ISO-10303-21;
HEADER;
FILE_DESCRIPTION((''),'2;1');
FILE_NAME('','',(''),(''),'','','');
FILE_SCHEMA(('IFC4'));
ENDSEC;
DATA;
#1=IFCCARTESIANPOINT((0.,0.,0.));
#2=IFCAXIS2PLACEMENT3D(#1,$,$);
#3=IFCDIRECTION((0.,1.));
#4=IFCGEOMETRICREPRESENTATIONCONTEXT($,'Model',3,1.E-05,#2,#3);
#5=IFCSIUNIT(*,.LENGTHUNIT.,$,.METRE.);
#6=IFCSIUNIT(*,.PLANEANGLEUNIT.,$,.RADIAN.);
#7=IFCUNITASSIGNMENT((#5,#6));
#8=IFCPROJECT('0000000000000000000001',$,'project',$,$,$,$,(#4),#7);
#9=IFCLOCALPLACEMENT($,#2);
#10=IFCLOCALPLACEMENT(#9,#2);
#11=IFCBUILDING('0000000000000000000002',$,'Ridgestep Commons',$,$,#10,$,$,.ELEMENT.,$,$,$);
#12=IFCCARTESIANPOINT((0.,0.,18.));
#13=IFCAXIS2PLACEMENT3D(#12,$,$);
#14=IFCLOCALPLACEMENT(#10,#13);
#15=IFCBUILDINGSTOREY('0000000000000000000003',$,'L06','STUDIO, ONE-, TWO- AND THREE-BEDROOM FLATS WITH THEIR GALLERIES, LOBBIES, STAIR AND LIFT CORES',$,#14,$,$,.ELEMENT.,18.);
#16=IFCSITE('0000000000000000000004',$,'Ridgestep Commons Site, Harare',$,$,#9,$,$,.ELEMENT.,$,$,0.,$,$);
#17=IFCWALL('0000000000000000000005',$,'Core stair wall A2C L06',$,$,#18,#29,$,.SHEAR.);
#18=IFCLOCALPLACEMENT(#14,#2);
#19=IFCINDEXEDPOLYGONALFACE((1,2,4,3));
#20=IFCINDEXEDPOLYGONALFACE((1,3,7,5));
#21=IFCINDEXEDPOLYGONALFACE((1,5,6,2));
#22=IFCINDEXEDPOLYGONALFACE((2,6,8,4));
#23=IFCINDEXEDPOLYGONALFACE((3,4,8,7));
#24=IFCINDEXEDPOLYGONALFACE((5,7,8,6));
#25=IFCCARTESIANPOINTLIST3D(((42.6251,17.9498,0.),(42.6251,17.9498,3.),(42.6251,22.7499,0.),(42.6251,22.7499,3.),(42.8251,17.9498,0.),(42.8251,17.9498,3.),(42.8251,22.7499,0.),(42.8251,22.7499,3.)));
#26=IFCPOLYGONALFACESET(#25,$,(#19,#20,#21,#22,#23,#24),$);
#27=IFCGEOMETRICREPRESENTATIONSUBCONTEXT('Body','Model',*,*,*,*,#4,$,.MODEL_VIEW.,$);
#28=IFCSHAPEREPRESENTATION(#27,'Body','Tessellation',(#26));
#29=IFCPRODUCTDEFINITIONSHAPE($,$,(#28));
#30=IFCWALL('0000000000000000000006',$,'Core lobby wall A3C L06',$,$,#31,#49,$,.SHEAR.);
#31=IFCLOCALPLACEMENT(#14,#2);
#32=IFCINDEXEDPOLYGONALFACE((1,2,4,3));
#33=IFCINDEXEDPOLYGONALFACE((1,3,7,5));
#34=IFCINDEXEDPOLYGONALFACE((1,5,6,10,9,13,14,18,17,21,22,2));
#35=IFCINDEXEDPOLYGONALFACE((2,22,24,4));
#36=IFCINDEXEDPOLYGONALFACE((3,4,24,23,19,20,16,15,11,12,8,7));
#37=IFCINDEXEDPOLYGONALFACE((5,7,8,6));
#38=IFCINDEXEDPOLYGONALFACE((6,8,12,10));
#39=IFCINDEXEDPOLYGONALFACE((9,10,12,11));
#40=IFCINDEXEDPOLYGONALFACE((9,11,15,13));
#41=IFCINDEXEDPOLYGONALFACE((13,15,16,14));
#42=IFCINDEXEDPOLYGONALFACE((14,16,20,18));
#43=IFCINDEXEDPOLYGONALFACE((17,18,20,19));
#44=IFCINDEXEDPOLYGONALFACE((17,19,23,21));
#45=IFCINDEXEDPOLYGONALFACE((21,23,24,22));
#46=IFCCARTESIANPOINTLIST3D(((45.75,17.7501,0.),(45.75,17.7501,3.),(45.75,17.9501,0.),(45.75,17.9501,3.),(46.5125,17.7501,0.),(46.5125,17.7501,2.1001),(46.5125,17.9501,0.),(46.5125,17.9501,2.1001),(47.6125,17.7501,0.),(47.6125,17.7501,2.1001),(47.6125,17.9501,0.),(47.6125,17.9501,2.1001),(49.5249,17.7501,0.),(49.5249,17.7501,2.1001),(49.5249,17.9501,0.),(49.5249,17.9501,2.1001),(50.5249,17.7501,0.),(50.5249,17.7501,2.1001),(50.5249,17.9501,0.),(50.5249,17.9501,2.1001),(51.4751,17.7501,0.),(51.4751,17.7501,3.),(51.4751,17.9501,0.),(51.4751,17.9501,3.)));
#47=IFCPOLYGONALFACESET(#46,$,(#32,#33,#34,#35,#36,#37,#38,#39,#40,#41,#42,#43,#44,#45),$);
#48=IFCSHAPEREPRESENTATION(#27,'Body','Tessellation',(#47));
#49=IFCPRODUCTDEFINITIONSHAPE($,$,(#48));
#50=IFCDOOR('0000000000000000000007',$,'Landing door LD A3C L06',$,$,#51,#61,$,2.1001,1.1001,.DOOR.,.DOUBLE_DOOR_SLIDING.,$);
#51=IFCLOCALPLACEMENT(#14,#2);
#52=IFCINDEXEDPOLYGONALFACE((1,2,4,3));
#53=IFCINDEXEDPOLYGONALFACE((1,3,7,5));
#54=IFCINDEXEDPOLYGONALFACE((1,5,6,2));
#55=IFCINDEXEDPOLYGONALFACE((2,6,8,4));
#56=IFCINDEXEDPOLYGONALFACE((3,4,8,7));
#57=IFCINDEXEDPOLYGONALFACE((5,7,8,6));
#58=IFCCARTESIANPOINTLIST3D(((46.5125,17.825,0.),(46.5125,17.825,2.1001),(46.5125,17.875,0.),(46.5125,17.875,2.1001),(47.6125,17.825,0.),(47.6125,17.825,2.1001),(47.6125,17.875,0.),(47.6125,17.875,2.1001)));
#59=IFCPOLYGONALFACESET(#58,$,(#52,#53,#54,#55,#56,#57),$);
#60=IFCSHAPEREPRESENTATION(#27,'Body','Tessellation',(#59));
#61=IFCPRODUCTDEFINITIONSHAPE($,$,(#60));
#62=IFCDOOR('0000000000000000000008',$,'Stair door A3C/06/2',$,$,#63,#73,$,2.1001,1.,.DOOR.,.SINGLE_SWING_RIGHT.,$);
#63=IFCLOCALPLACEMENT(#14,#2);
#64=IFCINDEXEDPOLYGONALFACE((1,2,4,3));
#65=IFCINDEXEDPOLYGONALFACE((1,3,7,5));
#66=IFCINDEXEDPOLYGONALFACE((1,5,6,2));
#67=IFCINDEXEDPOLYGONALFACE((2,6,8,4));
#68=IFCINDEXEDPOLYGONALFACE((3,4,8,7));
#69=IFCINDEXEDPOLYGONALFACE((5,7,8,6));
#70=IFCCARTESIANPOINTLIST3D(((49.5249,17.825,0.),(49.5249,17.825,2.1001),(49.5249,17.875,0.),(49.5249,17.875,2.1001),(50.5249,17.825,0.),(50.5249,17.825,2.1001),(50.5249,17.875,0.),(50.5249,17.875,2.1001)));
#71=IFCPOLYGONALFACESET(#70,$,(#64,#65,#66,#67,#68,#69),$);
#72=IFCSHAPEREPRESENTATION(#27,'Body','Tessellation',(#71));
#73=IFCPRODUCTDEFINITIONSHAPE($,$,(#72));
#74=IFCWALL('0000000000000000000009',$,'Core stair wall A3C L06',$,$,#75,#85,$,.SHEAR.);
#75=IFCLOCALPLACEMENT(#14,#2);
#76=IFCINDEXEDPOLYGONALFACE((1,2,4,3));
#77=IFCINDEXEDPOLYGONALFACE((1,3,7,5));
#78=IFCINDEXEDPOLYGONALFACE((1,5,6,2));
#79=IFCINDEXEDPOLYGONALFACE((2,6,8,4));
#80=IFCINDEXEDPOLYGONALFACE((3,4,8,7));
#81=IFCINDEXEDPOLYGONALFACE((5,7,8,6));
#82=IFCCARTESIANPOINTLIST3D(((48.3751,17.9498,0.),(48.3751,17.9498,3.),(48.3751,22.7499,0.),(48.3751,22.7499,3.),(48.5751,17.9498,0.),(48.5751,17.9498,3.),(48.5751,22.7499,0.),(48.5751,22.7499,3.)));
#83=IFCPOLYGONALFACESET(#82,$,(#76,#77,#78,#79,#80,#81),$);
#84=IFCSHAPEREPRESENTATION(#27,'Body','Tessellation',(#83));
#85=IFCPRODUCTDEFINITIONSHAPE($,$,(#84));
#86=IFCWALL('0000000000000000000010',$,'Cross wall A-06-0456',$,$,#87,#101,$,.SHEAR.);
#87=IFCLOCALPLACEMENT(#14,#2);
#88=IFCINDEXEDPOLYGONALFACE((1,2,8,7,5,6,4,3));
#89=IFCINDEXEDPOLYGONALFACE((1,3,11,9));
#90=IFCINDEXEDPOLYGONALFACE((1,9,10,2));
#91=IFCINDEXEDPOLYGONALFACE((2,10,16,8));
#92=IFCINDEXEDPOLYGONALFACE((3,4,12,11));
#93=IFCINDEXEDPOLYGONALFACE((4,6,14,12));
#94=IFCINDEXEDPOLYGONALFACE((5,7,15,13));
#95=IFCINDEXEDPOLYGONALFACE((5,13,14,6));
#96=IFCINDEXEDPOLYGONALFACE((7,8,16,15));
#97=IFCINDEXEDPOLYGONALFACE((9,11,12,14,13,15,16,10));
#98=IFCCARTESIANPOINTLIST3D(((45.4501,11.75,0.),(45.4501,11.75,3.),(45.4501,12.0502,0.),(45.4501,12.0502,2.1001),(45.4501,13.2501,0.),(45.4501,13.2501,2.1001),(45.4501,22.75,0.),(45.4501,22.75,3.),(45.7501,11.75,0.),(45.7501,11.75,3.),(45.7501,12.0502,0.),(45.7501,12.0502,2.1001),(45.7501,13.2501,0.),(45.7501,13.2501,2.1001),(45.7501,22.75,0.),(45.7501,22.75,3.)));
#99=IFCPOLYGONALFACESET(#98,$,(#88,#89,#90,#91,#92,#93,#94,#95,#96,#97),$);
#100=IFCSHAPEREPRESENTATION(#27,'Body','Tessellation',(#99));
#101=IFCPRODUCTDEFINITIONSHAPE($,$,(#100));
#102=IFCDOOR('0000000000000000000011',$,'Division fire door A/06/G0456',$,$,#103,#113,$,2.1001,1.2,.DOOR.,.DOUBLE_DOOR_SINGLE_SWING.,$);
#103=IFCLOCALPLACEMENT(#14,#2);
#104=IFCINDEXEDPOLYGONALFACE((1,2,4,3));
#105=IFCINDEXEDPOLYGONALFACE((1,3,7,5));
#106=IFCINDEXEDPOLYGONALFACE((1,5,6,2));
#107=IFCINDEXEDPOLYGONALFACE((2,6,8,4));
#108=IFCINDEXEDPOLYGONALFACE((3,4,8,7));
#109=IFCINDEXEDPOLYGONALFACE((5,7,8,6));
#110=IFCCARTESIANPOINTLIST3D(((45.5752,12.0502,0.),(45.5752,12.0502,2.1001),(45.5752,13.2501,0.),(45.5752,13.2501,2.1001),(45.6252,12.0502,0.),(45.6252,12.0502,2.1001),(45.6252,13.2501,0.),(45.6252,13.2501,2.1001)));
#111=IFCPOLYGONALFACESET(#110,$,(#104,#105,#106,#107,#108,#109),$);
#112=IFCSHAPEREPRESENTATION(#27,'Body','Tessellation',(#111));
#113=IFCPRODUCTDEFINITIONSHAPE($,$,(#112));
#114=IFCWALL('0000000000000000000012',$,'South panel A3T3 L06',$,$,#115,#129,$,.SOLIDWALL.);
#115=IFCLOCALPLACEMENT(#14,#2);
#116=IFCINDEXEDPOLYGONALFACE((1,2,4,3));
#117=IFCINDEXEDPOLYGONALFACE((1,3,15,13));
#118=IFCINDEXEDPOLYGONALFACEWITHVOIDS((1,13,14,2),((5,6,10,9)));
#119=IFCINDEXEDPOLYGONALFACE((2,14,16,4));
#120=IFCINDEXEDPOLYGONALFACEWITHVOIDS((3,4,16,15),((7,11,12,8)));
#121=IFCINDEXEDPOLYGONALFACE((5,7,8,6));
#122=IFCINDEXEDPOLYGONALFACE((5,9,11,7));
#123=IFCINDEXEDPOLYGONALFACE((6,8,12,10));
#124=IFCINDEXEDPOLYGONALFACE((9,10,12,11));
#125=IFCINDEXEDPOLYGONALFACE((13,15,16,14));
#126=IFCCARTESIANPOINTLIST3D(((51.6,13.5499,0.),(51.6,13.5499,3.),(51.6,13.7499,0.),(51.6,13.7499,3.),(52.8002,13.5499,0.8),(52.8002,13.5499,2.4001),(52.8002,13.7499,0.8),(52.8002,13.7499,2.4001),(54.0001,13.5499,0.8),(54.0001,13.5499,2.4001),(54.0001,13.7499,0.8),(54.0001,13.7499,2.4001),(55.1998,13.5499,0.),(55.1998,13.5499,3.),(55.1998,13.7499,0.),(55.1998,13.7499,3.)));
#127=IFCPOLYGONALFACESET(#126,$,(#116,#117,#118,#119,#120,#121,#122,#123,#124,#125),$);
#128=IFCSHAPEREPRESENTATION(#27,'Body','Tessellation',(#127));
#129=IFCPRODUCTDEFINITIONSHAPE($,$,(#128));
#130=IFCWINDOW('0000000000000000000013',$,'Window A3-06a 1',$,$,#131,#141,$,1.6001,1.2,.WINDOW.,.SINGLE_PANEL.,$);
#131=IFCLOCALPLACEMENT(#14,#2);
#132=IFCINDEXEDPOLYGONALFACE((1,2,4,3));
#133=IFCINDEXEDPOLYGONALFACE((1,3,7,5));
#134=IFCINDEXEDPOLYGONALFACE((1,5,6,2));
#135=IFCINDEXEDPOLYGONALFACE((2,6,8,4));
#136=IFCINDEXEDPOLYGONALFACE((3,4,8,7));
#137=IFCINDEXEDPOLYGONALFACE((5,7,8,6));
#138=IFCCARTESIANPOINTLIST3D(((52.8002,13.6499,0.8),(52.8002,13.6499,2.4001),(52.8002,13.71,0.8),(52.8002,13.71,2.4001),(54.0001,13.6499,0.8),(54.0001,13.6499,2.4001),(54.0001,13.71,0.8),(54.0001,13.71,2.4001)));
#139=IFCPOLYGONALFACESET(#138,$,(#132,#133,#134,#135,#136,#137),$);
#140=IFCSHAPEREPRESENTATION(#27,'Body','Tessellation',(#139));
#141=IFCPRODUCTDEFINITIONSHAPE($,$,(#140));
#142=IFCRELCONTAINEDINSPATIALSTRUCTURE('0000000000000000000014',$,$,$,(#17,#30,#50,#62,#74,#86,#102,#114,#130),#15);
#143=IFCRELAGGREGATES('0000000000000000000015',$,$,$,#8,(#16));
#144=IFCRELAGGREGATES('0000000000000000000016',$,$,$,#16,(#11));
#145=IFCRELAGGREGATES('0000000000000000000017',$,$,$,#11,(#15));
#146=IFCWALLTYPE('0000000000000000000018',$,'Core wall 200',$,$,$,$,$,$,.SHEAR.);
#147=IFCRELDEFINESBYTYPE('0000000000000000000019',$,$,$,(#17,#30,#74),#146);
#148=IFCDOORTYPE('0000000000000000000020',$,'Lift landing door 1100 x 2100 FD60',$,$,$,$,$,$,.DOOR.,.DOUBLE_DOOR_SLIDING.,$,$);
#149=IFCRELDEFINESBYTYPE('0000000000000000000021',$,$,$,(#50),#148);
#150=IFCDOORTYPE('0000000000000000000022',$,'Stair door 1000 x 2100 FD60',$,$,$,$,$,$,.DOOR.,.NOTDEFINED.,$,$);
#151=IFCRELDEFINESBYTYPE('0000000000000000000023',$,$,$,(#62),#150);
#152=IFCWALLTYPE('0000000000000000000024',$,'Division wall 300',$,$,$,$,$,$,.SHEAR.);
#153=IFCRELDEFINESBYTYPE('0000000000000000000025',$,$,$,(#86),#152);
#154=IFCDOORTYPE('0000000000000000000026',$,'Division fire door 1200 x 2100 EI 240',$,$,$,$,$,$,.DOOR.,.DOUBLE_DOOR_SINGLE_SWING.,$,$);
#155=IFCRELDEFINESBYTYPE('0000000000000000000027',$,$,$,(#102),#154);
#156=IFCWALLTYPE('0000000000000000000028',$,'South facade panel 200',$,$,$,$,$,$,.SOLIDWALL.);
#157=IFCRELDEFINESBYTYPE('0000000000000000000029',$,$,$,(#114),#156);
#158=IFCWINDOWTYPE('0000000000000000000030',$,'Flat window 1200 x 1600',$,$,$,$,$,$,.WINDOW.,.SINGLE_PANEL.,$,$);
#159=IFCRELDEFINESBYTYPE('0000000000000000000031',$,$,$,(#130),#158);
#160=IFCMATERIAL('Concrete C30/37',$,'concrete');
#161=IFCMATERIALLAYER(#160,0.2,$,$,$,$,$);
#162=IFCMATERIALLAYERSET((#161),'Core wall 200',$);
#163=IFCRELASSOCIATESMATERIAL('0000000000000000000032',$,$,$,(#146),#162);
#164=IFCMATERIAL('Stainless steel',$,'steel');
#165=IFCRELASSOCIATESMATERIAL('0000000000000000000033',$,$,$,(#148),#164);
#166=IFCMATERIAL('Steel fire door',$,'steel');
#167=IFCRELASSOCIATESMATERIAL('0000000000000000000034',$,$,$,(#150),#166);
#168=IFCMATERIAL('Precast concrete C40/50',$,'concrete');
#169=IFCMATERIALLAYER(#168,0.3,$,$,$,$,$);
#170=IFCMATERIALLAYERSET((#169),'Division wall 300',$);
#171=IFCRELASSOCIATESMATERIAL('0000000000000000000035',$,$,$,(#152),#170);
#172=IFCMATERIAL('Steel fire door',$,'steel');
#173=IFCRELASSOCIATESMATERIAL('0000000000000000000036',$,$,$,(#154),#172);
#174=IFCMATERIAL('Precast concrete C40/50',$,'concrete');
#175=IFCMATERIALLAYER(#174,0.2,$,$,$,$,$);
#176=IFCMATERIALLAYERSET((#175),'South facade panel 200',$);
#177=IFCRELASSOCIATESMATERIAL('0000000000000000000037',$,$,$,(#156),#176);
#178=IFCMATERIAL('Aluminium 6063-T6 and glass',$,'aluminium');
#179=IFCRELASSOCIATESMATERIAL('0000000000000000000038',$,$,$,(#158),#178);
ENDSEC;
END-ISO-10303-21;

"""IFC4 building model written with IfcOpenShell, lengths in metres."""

from ifc_helpers import new_model, si_unit, direction, frame, frame_2d, origin, place, context, subcontext, project, spatial, rectangle, extrude, material, layer, layer_set, type_object, element, fill, save


model = new_model("IFC4")

# Units and contexts
model_context = context("Model", 3, precision=1e-05, world=origin(), true_north=direction((0.0, 1.0)))
body_context = subcontext(model_context, "Body", "Model", "MODEL_VIEW")
ifc_project = project(units=[si_unit("LENGTHUNIT", "METRE"), si_unit("PLANEANGLEUNIT", "RADIAN")], contexts=[model_context])

# Site, building, storey
site_placement = place(None, origin())
site = spatial("IfcSite", under=ifc_project, at=site_placement, Name="Ridgestep Commons Site, Harare", CompositionType="ELEMENT", RefElevation=0.0)
building_placement = place(site_placement, origin())
building = spatial("IfcBuilding", under=site, at=building_placement, Name="Ridgestep Commons", CompositionType="ELEMENT")
storey_placement = place(building_placement, frame((0.0, 0.0, 18.0)))
storey = spatial("IfcBuildingStorey", under=building, at=storey_placement, Name="L06", Description="STUDIO, ONE-, TWO- AND THREE-BEDROOM FLATS WITH THEIR GALLERIES, LOBBIES, STAIR AND LIFT CORES", CompositionType="ELEMENT", Elevation=18.0)

# Wall
ifc_material_1 = material(Name="Concrete C30/37", Category="concrete")
ifc_layer_1 = layer(ifc_material_1, 0.2)
ifc_layer_set_1 = layer_set([ifc_layer_1], Name="Core wall 200")
wall_type_1 = type_object("IfcWallType", Name="Core wall 200", PredefinedType="SHEAR", material=ifc_layer_set_1)
wall_1_placement = place(storey_placement, frame((42.7251, 17.95, 0.0), z_axis=(0.0, 0.0, 1.0), x_axis=(0.0, 1.0, 0.0)))
element("IfcWall", 1, at=wall_1_placement, inside=storey, type_object=wall_type_1, Name="Core stair wall A2C L06", PredefinedType="SHEAR", context=body_context, shape_type="SweptSolid", body=[
    extrude(rectangle(XDim=4.8, YDim=0.2, at=frame_2d((2.3999, 0.0))), origin(), (0.0, 0.0, 1.0), 3.0),
])

# Wall, openings, doors
wall_2_placement = place(storey_placement, frame((45.75, 17.8501, 0.0), z_axis=(0.0, 0.0, 1.0), x_axis=(1.0, 0.0, 0.0)))
wall_2 = element("IfcWall", 2, at=wall_2_placement, inside=storey, type_object=wall_type_1, Name="Core lobby wall A3C L06", PredefinedType="SHEAR", context=body_context, shape_type="SweptSolid", body=[
    extrude(rectangle(XDim=5.7251, YDim=0.2, at=frame_2d((2.8625, 0.0))), origin(), (0.0, 0.0, 1.0), 3.0),
])
opening_1_placement = place(wall_2_placement, frame((3.7749, 0.0, 0.0)))
opening_1 = element("IfcOpeningElement", 3, at=opening_1_placement, cuts=wall_2, PredefinedType="OPENING", context=body_context, shape_type="SweptSolid", body=[
    extrude(rectangle(XDim=1.0, YDim=2.1001, at=frame_2d((0.5, 1.05))), frame((0.0, 0.1099, 0.0), z_axis=(0.0, -1.0, 0.0), x_axis=(1.0, 0.0, 0.0)), (0.0, 0.0, 1.0), 0.22),
])
opening_2_placement = place(wall_2_placement, frame((0.7625, 0.0, 0.0)))
opening_2 = element("IfcOpeningElement", 4, at=opening_2_placement, cuts=wall_2, PredefinedType="OPENING", context=body_context, shape_type="SweptSolid", body=[
    extrude(rectangle(XDim=1.1001, YDim=2.1001, at=frame_2d((0.55, 1.05))), frame((0.0, 0.1099, 0.0), z_axis=(0.0, -1.0, 0.0), x_axis=(1.0, 0.0, 0.0)), (0.0, 0.0, 1.0), 0.22),
])
ifc_material_2 = material(Name="Stainless steel", Category="steel")
door_type_1 = type_object("IfcDoorType", Name="Lift landing door 1100 x 2100 FD60", OperationType="DOUBLE_DOOR_SLIDING", PredefinedType="DOOR", material=ifc_material_2)
door_1_placement = place(opening_2_placement, origin())
door_1 = element("IfcDoor", 5, at=door_1_placement, inside=storey, type_object=door_type_1, Name="Landing door LD A3C L06", OperationType="DOUBLE_DOOR_SLIDING", OverallHeight=2.1001, OverallWidth=1.1001, PredefinedType="DOOR", context=body_context, shape_type="SweptSolid", body=[
    extrude(rectangle(XDim=1.1001, YDim=2.1001, at=frame_2d((0.55, 1.05))), frame((0.0, 0.0249, 0.0), z_axis=(0.0, -1.0, 0.0), x_axis=(1.0, 0.0, 0.0)), (0.0, 0.0, 1.0), 0.05),
])
fill(opening_2, door_1)
ifc_material_3 = material(Name="Steel fire door", Category="steel")
door_type_2 = type_object("IfcDoorType", Name="Stair door 1000 x 2100 FD60", OperationType="NOTDEFINED", PredefinedType="DOOR", material=ifc_material_3)
door_2_placement = place(opening_1_placement, origin())
door_2 = element("IfcDoor", 6, at=door_2_placement, inside=storey, type_object=door_type_2, Name="Stair door A3C/06/2", OperationType="SINGLE_SWING_RIGHT", OverallHeight=2.1001, OverallWidth=1.0, PredefinedType="DOOR", context=body_context, shape_type="SweptSolid", body=[
    extrude(rectangle(XDim=1.0, YDim=2.1001, at=frame_2d((0.5, 1.05))), frame((0.0, 0.0249, 0.0), z_axis=(0.0, -1.0, 0.0), x_axis=(1.0, 0.0, 0.0)), (0.0, 0.0, 1.0), 0.05),
])
fill(opening_1, door_2)

# Wall
wall_3_placement = place(storey_placement, frame((48.4751, 17.95, 0.0), z_axis=(0.0, 0.0, 1.0), x_axis=(0.0, 1.0, 0.0)))
element("IfcWall", 7, at=wall_3_placement, inside=storey, type_object=wall_type_1, Name="Core stair wall A3C L06", PredefinedType="SHEAR", context=body_context, shape_type="SweptSolid", body=[
    extrude(rectangle(XDim=4.8, YDim=0.2, at=frame_2d((2.3999, 0.0))), origin(), (0.0, 0.0, 1.0), 3.0),
])

# Wall, opening, door
ifc_material_4 = material(Name="Precast concrete C40/50", Category="concrete")
ifc_layer_2 = layer(ifc_material_4, 0.3)
ifc_layer_set_2 = layer_set([ifc_layer_2], Name="Division wall 300")
wall_type_2 = type_object("IfcWallType", Name="Division wall 300", PredefinedType="SHEAR", material=ifc_layer_set_2)
wall_4_placement = place(storey_placement, frame((45.6001, 11.75, 0.0), z_axis=(0.0, 0.0, 1.0), x_axis=(0.0, 1.0, 0.0)))
wall_4 = element("IfcWall", 8, at=wall_4_placement, inside=storey, type_object=wall_type_2, Name="Cross wall A-06-0456", PredefinedType="SHEAR", context=body_context, shape_type="SweptSolid", body=[
    extrude(rectangle(XDim=11.0, YDim=0.3, at=frame_2d((5.5, 0.0))), origin(), (0.0, 0.0, 1.0), 3.0),
])
opening_3_placement = place(wall_4_placement, frame((0.3, 0.0, 0.0)))
opening_3 = element("IfcOpeningElement", 9, at=opening_3_placement, cuts=wall_4, PredefinedType="OPENING", context=body_context, shape_type="SweptSolid", body=[
    extrude(rectangle(XDim=1.2, YDim=2.1001, at=frame_2d((0.6001, 1.05))), frame((0.0, 0.1599, 0.0), z_axis=(0.0, -1.0, 0.0), x_axis=(1.0, 0.0, 0.0)), (0.0, 0.0, 1.0), 0.3201),
])
ifc_material_5 = material(Name="Steel fire door", Category="steel")
door_type_3 = type_object("IfcDoorType", Name="Division fire door 1200 x 2100 EI 240", OperationType="DOUBLE_DOOR_SINGLE_SWING", PredefinedType="DOOR", material=ifc_material_5)
door_3_placement = place(opening_3_placement, origin())
door_3 = element("IfcDoor", 10, at=door_3_placement, inside=storey, type_object=door_type_3, Name="Division fire door A/06/G0456", OperationType="DOUBLE_DOOR_SINGLE_SWING", OverallHeight=2.1001, OverallWidth=1.2, PredefinedType="DOOR", context=body_context, shape_type="SweptSolid", body=[
    extrude(rectangle(XDim=1.2, YDim=2.1001, at=frame_2d((0.6001, 1.05))), frame((0.0, 0.0249, 0.0), z_axis=(0.0, -1.0, 0.0), x_axis=(1.0, 0.0, 0.0)), (0.0, 0.0, 1.0), 0.05),
])
fill(opening_3, door_3)

# Wall, opening, window
ifc_material_6 = material(Name="Precast concrete C40/50", Category="concrete")
ifc_layer_3 = layer(ifc_material_6, 0.2)
ifc_layer_set_3 = layer_set([ifc_layer_3], Name="South facade panel 200")
wall_type_3 = type_object("IfcWallType", Name="South facade panel 200", PredefinedType="SOLIDWALL", material=ifc_layer_set_3)
wall_5_placement = place(storey_placement, frame((51.6001, 13.6499, 0.0), z_axis=(0.0, 0.0, 1.0), x_axis=(1.0, 0.0, 0.0)))
wall_5 = element("IfcWall", 11, at=wall_5_placement, inside=storey, type_object=wall_type_3, Name="South panel A3T3 L06", PredefinedType="SOLIDWALL", context=body_context, shape_type="SweptSolid", body=[
    extrude(rectangle(XDim=3.5999, YDim=0.2, at=frame_2d((1.7998, 0.0))), origin(), (0.0, 0.0, 1.0), 3.0),
])
opening_4_placement = place(wall_5_placement, frame((1.2, 0.0, 0.8)))
opening_4 = element("IfcOpeningElement", 12, at=opening_4_placement, cuts=wall_5, PredefinedType="OPENING", context=body_context, shape_type="SweptSolid", body=[
    extrude(rectangle(XDim=1.2, YDim=1.6001, at=frame_2d((0.6001, 0.8))), frame((0.0, 0.1099, 0.0), z_axis=(0.0, -1.0, 0.0), x_axis=(1.0, 0.0, 0.0)), (0.0, 0.0, 1.0), 0.22),
])
ifc_material_7 = material(Name="Aluminium 6063-T6 and glass", Category="aluminium")
window_type = type_object("IfcWindowType", Name="Flat window 1200 x 1600", PartitioningType="SINGLE_PANEL", PredefinedType="WINDOW", material=ifc_material_7)
window_placement = place(opening_4_placement, origin())
window = element("IfcWindow", 13, at=window_placement, inside=storey, type_object=window_type, Name="Window A3-06a 1", OverallHeight=1.6001, OverallWidth=1.2, PartitioningType="SINGLE_PANEL", PredefinedType="WINDOW", context=body_context, shape_type="SweptSolid", body=[
    extrude(rectangle(XDim=1.2, YDim=1.6001, at=frame_2d((0.6001, 0.8))), frame((0.0, 0.0601, 0.0), z_axis=(0.0, -1.0, 0.0), x_axis=(1.0, 0.0, 0.0)), (0.0, 0.0, 1.0), 0.0601),
])
fill(opening_4, window)

save(model, "model.ifc")
